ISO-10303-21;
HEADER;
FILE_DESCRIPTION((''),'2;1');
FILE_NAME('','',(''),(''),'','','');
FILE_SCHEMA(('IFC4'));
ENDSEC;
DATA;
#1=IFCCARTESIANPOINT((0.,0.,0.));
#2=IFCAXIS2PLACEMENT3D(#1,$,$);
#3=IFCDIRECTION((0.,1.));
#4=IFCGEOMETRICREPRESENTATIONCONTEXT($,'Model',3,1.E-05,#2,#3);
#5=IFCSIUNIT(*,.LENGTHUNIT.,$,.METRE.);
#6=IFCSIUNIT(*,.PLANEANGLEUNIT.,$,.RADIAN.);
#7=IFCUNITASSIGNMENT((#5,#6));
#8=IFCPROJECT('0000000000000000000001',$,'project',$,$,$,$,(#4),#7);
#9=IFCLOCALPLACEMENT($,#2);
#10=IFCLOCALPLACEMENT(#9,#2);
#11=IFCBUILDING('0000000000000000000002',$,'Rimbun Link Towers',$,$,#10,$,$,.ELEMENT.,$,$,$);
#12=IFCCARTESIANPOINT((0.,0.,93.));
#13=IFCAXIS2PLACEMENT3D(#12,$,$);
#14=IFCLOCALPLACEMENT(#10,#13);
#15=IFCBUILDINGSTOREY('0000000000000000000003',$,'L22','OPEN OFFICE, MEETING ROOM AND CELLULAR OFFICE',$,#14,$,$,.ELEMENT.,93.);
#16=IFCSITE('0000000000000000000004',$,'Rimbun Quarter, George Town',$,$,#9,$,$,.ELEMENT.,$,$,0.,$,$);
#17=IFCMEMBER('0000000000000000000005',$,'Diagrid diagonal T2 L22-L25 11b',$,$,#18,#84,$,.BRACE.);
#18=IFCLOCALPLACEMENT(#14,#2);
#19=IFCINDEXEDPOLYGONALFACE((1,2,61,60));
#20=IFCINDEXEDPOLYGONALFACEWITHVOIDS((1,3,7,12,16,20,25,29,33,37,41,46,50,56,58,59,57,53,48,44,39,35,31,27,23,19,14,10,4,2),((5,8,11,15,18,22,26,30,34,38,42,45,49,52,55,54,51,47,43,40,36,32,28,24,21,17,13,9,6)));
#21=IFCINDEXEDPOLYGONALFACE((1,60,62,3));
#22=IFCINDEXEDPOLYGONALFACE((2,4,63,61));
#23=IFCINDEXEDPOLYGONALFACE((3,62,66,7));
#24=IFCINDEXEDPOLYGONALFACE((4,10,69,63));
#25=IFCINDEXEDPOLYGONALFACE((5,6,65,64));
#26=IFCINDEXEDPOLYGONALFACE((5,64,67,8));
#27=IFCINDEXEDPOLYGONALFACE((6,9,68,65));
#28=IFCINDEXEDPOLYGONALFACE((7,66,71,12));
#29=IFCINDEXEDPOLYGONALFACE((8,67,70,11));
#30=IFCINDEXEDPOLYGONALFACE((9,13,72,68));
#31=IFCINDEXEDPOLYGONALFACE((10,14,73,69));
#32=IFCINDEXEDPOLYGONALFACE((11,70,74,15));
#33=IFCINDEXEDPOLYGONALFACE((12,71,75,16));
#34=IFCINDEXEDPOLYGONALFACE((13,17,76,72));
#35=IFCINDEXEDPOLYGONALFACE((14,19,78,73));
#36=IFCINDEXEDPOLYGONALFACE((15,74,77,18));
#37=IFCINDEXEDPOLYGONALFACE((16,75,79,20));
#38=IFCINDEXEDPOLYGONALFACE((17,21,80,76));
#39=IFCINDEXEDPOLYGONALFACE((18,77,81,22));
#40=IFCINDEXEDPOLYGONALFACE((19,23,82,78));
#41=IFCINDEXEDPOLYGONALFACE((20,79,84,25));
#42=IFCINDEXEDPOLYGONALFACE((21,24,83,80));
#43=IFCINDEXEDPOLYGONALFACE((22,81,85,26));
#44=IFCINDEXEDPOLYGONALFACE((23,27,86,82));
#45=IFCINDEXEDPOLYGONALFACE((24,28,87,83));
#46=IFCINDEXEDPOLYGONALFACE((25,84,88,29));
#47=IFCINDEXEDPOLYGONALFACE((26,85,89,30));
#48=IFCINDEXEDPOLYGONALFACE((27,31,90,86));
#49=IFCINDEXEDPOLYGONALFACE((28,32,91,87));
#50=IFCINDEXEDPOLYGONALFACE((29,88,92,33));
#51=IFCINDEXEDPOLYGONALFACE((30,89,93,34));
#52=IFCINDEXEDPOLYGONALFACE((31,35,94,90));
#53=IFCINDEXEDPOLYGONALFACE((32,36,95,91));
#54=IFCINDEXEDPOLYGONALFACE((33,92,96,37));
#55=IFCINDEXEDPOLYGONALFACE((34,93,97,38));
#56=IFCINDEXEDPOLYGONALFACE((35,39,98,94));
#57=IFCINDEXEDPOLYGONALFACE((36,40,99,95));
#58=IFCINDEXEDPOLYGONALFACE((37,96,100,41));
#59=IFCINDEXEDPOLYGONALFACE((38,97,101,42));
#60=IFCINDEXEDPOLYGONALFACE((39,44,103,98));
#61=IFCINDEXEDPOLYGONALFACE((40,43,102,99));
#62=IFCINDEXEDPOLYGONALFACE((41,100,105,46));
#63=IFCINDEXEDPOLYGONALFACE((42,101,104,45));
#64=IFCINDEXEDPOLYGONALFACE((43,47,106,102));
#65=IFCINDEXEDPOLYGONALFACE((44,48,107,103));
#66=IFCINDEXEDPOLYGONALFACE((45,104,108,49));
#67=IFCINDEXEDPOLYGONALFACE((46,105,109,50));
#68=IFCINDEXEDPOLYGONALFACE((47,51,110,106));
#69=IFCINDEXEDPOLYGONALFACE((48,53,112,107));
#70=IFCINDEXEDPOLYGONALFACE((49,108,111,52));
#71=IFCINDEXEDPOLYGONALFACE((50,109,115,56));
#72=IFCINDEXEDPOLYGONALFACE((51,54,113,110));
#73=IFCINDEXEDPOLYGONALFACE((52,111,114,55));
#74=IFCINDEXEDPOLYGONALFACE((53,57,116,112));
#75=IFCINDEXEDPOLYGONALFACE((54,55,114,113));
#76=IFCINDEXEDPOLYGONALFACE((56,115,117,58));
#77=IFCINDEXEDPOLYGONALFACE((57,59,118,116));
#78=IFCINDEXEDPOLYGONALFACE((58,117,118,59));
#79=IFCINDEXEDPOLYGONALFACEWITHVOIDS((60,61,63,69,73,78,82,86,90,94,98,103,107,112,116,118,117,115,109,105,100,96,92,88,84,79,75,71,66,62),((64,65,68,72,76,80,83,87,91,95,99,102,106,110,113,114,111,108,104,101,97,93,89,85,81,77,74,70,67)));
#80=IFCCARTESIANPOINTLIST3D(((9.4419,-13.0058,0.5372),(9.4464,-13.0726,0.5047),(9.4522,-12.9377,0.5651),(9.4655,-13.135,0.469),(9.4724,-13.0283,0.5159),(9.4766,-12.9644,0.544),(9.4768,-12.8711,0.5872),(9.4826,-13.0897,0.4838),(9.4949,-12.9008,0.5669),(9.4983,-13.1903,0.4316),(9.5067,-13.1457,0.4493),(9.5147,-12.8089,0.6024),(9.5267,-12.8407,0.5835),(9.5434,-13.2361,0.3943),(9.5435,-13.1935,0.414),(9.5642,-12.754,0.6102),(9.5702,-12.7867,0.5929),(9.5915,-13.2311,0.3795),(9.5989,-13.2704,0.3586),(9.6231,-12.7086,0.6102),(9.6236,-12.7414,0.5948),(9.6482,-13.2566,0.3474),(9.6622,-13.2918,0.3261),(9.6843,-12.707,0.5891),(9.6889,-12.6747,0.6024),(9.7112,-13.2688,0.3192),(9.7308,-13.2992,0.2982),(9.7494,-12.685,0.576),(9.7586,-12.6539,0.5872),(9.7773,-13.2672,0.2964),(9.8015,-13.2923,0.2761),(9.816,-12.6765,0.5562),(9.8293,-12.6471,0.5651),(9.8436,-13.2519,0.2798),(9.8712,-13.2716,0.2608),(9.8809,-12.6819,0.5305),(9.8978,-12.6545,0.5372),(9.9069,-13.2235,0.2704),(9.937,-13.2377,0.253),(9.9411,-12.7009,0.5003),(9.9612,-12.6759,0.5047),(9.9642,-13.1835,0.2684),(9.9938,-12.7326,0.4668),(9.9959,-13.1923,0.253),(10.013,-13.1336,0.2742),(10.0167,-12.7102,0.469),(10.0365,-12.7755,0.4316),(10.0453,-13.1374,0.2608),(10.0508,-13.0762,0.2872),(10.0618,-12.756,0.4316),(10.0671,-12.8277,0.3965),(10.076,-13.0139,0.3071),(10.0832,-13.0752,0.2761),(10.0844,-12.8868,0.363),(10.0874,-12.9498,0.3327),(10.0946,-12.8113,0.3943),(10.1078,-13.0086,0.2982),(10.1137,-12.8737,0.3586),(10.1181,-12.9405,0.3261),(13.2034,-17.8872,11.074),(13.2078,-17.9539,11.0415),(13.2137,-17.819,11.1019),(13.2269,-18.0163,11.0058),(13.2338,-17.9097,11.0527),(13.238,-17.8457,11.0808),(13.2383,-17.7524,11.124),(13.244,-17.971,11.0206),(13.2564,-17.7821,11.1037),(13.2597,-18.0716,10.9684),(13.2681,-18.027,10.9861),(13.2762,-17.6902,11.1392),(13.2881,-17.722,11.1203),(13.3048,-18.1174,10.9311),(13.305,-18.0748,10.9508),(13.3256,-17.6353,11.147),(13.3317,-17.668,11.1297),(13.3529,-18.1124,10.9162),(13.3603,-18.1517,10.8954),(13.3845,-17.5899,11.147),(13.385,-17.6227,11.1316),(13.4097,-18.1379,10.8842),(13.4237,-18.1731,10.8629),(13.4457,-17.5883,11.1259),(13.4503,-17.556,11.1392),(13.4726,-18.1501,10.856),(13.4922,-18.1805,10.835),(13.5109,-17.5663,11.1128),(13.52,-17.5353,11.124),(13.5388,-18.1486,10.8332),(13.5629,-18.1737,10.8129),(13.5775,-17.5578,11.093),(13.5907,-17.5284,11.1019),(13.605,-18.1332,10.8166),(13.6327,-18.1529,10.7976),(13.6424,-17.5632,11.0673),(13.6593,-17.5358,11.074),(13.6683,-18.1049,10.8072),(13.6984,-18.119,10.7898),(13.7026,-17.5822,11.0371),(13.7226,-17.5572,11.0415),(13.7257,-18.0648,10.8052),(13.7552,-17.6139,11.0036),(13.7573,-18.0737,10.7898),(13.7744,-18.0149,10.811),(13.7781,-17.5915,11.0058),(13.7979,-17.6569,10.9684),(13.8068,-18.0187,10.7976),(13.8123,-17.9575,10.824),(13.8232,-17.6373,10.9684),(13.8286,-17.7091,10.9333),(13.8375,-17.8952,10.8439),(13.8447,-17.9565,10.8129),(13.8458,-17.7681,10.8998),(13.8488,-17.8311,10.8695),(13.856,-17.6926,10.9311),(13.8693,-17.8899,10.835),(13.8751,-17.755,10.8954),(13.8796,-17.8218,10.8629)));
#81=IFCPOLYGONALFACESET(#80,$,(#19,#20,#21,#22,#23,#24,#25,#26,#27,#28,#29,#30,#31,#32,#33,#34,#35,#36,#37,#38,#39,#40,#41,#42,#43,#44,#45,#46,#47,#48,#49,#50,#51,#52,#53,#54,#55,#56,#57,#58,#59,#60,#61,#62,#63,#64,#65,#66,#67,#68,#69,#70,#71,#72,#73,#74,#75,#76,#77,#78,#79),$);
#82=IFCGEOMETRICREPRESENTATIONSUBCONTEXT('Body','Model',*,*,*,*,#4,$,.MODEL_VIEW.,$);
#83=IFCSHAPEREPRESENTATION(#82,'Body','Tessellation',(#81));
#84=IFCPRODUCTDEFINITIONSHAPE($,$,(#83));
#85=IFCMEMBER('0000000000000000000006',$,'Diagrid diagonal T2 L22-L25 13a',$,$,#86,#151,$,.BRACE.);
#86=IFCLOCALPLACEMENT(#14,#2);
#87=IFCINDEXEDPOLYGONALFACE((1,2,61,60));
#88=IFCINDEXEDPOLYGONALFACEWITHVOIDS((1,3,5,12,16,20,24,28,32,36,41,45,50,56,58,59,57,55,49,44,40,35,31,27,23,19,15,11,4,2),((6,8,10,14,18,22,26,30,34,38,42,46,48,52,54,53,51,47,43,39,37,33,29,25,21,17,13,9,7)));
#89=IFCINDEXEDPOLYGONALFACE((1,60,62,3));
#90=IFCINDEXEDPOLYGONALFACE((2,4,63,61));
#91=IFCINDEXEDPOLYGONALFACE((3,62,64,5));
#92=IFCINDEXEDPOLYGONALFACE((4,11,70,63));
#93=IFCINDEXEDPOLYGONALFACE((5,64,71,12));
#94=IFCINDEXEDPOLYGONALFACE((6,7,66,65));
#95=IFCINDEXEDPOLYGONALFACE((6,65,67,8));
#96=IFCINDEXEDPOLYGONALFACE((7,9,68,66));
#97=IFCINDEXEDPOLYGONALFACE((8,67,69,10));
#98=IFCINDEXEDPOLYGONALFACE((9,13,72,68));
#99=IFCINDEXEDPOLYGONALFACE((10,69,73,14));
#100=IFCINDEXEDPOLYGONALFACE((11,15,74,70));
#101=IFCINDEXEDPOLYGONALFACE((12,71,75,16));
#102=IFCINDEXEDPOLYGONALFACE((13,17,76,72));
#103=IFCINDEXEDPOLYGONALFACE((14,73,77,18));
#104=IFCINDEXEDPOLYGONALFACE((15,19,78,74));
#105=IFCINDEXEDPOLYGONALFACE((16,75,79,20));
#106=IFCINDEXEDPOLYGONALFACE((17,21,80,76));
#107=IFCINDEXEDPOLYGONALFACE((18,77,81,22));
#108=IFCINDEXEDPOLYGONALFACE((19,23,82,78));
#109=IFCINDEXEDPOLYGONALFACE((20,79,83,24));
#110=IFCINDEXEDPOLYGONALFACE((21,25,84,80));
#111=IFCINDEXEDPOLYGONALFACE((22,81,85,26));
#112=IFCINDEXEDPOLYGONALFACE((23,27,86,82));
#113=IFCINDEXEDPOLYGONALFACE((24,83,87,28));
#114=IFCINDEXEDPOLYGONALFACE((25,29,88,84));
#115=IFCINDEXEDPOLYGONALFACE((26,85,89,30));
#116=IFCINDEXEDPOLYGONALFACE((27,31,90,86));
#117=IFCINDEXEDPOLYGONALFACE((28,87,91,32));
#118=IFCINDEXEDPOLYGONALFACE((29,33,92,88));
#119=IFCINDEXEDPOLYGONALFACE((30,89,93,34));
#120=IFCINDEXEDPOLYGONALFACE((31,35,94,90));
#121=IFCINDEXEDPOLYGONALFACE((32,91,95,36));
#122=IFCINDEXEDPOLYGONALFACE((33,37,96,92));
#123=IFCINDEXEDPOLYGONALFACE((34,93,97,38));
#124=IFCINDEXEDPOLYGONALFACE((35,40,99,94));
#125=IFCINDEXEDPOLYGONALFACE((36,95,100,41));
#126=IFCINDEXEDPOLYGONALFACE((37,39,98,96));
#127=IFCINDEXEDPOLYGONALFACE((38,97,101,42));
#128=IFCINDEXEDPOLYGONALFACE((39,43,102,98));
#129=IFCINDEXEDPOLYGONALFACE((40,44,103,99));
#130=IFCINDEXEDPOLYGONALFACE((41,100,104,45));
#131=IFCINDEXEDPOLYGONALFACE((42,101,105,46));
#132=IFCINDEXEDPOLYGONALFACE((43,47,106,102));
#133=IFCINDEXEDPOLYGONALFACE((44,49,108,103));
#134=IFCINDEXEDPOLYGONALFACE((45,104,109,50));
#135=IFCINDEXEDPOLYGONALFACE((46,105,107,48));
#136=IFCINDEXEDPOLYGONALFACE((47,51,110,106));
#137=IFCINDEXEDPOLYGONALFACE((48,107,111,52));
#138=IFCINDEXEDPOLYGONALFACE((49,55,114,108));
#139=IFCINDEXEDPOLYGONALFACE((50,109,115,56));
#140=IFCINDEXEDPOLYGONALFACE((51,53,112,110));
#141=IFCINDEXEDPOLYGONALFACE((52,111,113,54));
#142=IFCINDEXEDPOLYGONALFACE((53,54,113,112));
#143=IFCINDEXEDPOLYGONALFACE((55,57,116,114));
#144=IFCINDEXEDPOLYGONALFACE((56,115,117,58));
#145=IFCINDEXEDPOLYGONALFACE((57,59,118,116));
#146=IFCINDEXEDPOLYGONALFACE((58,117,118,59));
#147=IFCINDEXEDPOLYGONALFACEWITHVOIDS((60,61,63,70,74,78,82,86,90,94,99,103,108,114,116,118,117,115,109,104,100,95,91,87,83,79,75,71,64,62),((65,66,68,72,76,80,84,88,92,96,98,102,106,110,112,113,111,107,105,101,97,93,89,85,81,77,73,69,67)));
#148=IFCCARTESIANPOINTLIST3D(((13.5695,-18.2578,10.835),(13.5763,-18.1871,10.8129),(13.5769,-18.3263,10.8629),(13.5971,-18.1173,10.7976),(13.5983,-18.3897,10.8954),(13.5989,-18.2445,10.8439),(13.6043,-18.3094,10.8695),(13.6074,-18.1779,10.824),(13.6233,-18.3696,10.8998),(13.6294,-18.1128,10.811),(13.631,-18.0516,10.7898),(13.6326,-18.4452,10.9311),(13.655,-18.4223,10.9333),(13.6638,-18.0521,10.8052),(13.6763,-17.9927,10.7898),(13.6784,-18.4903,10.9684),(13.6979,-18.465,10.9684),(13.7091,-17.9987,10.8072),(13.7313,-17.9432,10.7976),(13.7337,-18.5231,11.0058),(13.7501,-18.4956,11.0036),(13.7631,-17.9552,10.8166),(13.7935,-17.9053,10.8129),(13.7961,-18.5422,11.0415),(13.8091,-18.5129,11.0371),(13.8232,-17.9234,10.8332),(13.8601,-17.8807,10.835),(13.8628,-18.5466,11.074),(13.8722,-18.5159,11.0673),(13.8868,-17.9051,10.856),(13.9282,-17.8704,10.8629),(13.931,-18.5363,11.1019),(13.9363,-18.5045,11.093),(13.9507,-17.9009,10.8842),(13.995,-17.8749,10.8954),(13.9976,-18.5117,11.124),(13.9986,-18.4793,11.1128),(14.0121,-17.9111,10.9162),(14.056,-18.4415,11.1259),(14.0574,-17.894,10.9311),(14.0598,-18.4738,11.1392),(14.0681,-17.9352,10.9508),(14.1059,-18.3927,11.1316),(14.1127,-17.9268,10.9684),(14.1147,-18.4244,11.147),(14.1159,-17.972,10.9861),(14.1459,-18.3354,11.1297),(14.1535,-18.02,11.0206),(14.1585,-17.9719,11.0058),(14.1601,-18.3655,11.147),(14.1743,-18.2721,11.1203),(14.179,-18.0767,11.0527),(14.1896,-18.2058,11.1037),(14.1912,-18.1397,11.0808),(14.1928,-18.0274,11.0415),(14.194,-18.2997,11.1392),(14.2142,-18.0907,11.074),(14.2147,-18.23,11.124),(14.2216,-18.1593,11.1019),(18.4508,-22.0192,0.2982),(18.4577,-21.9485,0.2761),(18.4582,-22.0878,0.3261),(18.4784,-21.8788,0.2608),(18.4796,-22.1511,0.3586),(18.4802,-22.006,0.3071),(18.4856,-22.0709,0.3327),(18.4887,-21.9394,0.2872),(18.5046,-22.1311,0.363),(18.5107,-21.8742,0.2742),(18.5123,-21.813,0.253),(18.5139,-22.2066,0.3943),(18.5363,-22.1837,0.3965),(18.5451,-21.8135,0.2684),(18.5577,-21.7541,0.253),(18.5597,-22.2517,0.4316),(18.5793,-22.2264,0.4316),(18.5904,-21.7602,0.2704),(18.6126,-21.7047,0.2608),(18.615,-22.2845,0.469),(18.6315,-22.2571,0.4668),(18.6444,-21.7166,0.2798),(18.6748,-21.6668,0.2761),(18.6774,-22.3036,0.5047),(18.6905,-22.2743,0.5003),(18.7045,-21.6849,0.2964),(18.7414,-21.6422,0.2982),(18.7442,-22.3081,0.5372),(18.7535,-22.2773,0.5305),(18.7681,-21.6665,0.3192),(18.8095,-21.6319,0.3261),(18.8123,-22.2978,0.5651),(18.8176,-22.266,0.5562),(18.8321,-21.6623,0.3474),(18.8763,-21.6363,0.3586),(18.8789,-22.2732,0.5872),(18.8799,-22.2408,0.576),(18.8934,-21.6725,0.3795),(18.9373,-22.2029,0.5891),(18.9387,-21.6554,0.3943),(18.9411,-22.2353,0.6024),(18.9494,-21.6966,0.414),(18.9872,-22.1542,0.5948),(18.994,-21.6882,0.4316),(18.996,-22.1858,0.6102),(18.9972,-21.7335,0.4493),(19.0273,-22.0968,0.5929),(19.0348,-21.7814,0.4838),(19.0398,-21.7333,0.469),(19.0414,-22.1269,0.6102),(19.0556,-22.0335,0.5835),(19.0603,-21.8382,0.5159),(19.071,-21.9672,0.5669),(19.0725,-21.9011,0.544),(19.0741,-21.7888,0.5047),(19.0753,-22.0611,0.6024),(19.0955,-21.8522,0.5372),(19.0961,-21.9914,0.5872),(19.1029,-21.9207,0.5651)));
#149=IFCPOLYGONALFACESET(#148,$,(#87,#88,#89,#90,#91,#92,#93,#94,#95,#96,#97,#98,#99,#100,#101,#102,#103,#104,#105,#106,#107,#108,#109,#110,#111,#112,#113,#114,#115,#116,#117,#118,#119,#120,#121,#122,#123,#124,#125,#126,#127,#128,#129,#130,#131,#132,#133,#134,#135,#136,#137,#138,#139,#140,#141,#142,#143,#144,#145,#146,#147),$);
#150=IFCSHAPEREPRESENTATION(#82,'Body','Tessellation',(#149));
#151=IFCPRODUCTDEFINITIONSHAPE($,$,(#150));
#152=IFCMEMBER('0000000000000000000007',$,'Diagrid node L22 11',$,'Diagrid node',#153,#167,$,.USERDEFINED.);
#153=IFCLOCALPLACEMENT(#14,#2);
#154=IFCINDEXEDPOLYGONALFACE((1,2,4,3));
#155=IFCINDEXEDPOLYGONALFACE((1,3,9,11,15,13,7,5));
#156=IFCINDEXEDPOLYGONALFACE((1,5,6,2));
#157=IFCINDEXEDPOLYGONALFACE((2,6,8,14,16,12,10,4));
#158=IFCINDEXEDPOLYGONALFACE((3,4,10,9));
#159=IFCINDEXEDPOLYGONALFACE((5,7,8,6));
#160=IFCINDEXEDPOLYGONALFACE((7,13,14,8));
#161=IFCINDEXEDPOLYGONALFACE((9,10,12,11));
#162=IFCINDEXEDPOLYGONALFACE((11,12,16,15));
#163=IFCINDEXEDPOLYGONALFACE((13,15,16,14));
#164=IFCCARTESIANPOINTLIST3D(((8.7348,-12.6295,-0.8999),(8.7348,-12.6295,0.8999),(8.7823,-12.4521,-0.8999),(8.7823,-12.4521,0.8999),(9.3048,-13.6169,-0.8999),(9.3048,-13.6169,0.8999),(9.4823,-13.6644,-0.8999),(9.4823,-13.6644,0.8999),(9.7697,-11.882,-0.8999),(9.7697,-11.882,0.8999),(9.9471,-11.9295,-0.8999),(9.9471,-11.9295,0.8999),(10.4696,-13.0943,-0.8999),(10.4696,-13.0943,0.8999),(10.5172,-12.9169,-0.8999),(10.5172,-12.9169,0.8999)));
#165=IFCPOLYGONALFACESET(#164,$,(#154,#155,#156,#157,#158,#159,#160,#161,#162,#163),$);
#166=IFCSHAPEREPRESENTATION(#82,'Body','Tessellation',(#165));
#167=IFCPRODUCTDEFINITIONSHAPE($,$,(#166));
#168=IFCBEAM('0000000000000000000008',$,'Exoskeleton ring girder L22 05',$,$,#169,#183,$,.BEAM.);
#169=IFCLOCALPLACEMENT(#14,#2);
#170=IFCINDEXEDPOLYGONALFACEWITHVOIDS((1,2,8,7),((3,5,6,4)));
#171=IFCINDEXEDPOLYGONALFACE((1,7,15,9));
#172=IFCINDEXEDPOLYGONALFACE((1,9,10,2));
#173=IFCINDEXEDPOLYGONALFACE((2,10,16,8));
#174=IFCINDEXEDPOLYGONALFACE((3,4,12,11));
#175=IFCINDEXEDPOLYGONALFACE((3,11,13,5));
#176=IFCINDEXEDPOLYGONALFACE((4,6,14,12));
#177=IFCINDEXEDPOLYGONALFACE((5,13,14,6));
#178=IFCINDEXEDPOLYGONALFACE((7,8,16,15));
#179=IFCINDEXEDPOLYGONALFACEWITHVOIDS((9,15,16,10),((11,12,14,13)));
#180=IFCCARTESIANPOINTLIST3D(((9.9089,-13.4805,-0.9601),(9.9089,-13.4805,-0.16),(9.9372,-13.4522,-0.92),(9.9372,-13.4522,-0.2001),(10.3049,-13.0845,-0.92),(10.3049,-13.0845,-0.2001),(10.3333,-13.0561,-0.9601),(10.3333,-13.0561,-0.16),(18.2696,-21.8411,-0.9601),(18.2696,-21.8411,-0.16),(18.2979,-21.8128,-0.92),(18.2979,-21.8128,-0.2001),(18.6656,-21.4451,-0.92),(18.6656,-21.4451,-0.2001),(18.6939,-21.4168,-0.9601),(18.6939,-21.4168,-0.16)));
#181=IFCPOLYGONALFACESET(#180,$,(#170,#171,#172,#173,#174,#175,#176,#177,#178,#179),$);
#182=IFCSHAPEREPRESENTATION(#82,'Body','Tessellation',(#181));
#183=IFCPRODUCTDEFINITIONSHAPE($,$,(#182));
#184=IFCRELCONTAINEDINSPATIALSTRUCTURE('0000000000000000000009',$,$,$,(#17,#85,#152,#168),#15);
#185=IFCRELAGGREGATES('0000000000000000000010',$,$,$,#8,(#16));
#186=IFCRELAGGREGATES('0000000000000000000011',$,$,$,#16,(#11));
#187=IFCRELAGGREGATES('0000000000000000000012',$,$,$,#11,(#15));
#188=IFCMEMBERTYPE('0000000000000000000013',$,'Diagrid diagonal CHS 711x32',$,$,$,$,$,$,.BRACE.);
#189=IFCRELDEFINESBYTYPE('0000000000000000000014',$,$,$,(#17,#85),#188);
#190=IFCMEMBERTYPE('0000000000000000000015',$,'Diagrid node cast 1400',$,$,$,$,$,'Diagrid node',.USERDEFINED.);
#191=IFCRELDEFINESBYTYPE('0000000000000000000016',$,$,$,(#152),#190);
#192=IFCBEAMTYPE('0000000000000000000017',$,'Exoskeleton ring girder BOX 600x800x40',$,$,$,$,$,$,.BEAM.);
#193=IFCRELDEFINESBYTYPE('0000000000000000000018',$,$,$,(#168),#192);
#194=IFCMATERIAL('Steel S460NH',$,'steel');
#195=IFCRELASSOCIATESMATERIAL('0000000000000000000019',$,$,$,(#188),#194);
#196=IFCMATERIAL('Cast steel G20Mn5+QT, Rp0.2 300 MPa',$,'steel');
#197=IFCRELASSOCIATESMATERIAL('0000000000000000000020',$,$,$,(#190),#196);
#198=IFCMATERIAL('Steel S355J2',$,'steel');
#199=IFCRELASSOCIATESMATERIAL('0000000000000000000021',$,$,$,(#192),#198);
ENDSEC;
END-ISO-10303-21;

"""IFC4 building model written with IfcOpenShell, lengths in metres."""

from ifc_helpers import new_model, si_unit, direction, frame, origin, origin_2d, place, context, subcontext, project, spatial, polyline, hollow_rectangle, hollow_circle, outline, extrude, material, material_profile, profile_set, type_object, element, save


model = new_model("IFC4")

# Units and contexts
model_context = context("Model", 3, precision=1e-05, world=origin(), true_north=direction((0.0, 1.0)))
body_context = subcontext(model_context, "Body", "Model", "MODEL_VIEW")
ifc_project = project(units=[si_unit("LENGTHUNIT", "METRE"), si_unit("PLANEANGLEUNIT", "RADIAN")], contexts=[model_context])

# Site, building, storey
site_placement = place(None, origin())
site = spatial("IfcSite", under=ifc_project, at=site_placement, Name="Rimbun Quarter, George Town", CompositionType="ELEMENT", RefElevation=0.0)
building_placement = place(site_placement, origin())
building = spatial("IfcBuilding", under=site, at=building_placement, Name="Rimbun Link Towers", CompositionType="ELEMENT")
storey_placement = place(building_placement, frame((0.0, 0.0, 93.0)))
storey = spatial("IfcBuildingStorey", under=building, at=storey_placement, Name="L22", Description="OPEN OFFICE, MEETING ROOM AND CELLULAR OFFICE", CompositionType="ELEMENT", Elevation=93.0)

# Members
ifc_material_1 = material(Name="Steel S460NH", Category="steel")
ifc_material_profile_1 = material_profile(ifc_material_1, hollow_circle(Radius=0.3557, WallThickness=0.032, at=origin_2d()), Name="Diagrid diagonal CHS 711x32")
ifc_profile_set_1 = profile_set([ifc_material_profile_1], Name="Steel S460NH")
member_type_1 = type_object("IfcMemberType", Name="Diagrid diagonal CHS 711x32", PredefinedType="BRACE", material=ifc_profile_set_1)
for number, where, z_axis, x_axis, name in (
    (1, (9.78, -12.9731, 0.4316), (0.30815, -0.399893, 0.863208), (0.792107, 0.610383, 0.0), "Diagrid diagonal T2 L22-L25 11b"),
    (2, (18.7769, -21.97, 0.4316), (-0.399893, 0.30815, 0.863208), (-0.610383, -0.792107, 0.0), "Diagrid diagonal T2 L22-L25 13a"),
):
    element("IfcMember", number, at=place(storey_placement, frame(where, z_axis=z_axis, x_axis=x_axis)), inside=storey, type_object=member_type_1, Name=name, PredefinedType="BRACE", context=body_context, shape_type="SweptSolid", body=[
        extrude(hollow_circle(Radius=0.3557, WallThickness=0.032, at=origin_2d()), origin(), (0.0, 0.0, 1.0), 12.2065),
    ])
ifc_material_2 = material(Name="Cast steel G20Mn5+QT, Rp0.2 300 MPa", Category="steel")
ifc_material_profile_2 = material_profile(ifc_material_2, outline(polyline([(0.7, -0.5701), (0.7, 0.5701), (0.5701, 0.7), (-0.5701, 0.7), (-0.7, 0.5701), (-0.7, -0.5701), (-0.5701, -0.7), (0.5701, -0.7), (0.7, -0.5701)])), Name="NODE 1400x1400")
ifc_profile_set_2 = profile_set([ifc_material_profile_2], Name="Cast steel G20Mn5+QT, Rp0.2 300 MPa")
member_type_2 = type_object("IfcMemberType", Name="Diagrid node cast 1400", ElementType="Diagrid node", PredefinedType="USERDEFINED", material=ifc_profile_set_2)
member_1_placement = place(storey_placement, frame((9.626, -12.7732, -0.8999), z_axis=(0.0, 0.0, 1.0), x_axis=(-0.866025, -0.5, 0.0)))
element("IfcMember", 3, at=member_1_placement, inside=storey, type_object=member_type_2, Name="Diagrid node L22 11", ObjectType="Diagrid node", PredefinedType="USERDEFINED", context=body_context, shape_type="SweptSolid", body=[
    extrude(outline(polyline([(0.7, -0.5701), (0.7, 0.5701), (0.5701, 0.7), (-0.5701, 0.7), (-0.7, 0.5701), (-0.7, -0.5701), (-0.5701, -0.7), (0.5701, -0.7), (0.7, -0.5701)])), origin(), (0.0, 0.0, 1.0), 1.7998),
])

# Beam
ifc_material_3 = material(Name="Steel S355J2", Category="steel")
ifc_material_profile_3 = material_profile(ifc_material_3, hollow_rectangle(XDim=0.6001, YDim=0.8, WallThickness=0.04, at=origin_2d()), Name="Exoskeleton ring girder BOX 600x800x40")
ifc_profile_set_3 = profile_set([ifc_material_profile_3], Name="Steel S355J2")
beam_type_1 = type_object("IfcBeamType", Name="Exoskeleton ring girder BOX 600x800x40", PredefinedType="BEAM", material=ifc_profile_set_3)
beam_1_placement = place(storey_placement, frame((10.1211, -13.2683, -0.5601), z_axis=(0.707107, -0.707107, 0.0), x_axis=(0.707107, 0.707107, 0.0)))
element("IfcBeam", 4, at=beam_1_placement, inside=storey, type_object=beam_type_1, Name="Exoskeleton ring girder L22 05", PredefinedType="BEAM", context=body_context, shape_type="SweptSolid", body=[
    extrude(hollow_rectangle(XDim=0.6001, YDim=0.8, WallThickness=0.04, at=origin_2d()), origin(), (0.0, 0.0, 1.0), 11.8237),
])

save(model, "model.ifc")
